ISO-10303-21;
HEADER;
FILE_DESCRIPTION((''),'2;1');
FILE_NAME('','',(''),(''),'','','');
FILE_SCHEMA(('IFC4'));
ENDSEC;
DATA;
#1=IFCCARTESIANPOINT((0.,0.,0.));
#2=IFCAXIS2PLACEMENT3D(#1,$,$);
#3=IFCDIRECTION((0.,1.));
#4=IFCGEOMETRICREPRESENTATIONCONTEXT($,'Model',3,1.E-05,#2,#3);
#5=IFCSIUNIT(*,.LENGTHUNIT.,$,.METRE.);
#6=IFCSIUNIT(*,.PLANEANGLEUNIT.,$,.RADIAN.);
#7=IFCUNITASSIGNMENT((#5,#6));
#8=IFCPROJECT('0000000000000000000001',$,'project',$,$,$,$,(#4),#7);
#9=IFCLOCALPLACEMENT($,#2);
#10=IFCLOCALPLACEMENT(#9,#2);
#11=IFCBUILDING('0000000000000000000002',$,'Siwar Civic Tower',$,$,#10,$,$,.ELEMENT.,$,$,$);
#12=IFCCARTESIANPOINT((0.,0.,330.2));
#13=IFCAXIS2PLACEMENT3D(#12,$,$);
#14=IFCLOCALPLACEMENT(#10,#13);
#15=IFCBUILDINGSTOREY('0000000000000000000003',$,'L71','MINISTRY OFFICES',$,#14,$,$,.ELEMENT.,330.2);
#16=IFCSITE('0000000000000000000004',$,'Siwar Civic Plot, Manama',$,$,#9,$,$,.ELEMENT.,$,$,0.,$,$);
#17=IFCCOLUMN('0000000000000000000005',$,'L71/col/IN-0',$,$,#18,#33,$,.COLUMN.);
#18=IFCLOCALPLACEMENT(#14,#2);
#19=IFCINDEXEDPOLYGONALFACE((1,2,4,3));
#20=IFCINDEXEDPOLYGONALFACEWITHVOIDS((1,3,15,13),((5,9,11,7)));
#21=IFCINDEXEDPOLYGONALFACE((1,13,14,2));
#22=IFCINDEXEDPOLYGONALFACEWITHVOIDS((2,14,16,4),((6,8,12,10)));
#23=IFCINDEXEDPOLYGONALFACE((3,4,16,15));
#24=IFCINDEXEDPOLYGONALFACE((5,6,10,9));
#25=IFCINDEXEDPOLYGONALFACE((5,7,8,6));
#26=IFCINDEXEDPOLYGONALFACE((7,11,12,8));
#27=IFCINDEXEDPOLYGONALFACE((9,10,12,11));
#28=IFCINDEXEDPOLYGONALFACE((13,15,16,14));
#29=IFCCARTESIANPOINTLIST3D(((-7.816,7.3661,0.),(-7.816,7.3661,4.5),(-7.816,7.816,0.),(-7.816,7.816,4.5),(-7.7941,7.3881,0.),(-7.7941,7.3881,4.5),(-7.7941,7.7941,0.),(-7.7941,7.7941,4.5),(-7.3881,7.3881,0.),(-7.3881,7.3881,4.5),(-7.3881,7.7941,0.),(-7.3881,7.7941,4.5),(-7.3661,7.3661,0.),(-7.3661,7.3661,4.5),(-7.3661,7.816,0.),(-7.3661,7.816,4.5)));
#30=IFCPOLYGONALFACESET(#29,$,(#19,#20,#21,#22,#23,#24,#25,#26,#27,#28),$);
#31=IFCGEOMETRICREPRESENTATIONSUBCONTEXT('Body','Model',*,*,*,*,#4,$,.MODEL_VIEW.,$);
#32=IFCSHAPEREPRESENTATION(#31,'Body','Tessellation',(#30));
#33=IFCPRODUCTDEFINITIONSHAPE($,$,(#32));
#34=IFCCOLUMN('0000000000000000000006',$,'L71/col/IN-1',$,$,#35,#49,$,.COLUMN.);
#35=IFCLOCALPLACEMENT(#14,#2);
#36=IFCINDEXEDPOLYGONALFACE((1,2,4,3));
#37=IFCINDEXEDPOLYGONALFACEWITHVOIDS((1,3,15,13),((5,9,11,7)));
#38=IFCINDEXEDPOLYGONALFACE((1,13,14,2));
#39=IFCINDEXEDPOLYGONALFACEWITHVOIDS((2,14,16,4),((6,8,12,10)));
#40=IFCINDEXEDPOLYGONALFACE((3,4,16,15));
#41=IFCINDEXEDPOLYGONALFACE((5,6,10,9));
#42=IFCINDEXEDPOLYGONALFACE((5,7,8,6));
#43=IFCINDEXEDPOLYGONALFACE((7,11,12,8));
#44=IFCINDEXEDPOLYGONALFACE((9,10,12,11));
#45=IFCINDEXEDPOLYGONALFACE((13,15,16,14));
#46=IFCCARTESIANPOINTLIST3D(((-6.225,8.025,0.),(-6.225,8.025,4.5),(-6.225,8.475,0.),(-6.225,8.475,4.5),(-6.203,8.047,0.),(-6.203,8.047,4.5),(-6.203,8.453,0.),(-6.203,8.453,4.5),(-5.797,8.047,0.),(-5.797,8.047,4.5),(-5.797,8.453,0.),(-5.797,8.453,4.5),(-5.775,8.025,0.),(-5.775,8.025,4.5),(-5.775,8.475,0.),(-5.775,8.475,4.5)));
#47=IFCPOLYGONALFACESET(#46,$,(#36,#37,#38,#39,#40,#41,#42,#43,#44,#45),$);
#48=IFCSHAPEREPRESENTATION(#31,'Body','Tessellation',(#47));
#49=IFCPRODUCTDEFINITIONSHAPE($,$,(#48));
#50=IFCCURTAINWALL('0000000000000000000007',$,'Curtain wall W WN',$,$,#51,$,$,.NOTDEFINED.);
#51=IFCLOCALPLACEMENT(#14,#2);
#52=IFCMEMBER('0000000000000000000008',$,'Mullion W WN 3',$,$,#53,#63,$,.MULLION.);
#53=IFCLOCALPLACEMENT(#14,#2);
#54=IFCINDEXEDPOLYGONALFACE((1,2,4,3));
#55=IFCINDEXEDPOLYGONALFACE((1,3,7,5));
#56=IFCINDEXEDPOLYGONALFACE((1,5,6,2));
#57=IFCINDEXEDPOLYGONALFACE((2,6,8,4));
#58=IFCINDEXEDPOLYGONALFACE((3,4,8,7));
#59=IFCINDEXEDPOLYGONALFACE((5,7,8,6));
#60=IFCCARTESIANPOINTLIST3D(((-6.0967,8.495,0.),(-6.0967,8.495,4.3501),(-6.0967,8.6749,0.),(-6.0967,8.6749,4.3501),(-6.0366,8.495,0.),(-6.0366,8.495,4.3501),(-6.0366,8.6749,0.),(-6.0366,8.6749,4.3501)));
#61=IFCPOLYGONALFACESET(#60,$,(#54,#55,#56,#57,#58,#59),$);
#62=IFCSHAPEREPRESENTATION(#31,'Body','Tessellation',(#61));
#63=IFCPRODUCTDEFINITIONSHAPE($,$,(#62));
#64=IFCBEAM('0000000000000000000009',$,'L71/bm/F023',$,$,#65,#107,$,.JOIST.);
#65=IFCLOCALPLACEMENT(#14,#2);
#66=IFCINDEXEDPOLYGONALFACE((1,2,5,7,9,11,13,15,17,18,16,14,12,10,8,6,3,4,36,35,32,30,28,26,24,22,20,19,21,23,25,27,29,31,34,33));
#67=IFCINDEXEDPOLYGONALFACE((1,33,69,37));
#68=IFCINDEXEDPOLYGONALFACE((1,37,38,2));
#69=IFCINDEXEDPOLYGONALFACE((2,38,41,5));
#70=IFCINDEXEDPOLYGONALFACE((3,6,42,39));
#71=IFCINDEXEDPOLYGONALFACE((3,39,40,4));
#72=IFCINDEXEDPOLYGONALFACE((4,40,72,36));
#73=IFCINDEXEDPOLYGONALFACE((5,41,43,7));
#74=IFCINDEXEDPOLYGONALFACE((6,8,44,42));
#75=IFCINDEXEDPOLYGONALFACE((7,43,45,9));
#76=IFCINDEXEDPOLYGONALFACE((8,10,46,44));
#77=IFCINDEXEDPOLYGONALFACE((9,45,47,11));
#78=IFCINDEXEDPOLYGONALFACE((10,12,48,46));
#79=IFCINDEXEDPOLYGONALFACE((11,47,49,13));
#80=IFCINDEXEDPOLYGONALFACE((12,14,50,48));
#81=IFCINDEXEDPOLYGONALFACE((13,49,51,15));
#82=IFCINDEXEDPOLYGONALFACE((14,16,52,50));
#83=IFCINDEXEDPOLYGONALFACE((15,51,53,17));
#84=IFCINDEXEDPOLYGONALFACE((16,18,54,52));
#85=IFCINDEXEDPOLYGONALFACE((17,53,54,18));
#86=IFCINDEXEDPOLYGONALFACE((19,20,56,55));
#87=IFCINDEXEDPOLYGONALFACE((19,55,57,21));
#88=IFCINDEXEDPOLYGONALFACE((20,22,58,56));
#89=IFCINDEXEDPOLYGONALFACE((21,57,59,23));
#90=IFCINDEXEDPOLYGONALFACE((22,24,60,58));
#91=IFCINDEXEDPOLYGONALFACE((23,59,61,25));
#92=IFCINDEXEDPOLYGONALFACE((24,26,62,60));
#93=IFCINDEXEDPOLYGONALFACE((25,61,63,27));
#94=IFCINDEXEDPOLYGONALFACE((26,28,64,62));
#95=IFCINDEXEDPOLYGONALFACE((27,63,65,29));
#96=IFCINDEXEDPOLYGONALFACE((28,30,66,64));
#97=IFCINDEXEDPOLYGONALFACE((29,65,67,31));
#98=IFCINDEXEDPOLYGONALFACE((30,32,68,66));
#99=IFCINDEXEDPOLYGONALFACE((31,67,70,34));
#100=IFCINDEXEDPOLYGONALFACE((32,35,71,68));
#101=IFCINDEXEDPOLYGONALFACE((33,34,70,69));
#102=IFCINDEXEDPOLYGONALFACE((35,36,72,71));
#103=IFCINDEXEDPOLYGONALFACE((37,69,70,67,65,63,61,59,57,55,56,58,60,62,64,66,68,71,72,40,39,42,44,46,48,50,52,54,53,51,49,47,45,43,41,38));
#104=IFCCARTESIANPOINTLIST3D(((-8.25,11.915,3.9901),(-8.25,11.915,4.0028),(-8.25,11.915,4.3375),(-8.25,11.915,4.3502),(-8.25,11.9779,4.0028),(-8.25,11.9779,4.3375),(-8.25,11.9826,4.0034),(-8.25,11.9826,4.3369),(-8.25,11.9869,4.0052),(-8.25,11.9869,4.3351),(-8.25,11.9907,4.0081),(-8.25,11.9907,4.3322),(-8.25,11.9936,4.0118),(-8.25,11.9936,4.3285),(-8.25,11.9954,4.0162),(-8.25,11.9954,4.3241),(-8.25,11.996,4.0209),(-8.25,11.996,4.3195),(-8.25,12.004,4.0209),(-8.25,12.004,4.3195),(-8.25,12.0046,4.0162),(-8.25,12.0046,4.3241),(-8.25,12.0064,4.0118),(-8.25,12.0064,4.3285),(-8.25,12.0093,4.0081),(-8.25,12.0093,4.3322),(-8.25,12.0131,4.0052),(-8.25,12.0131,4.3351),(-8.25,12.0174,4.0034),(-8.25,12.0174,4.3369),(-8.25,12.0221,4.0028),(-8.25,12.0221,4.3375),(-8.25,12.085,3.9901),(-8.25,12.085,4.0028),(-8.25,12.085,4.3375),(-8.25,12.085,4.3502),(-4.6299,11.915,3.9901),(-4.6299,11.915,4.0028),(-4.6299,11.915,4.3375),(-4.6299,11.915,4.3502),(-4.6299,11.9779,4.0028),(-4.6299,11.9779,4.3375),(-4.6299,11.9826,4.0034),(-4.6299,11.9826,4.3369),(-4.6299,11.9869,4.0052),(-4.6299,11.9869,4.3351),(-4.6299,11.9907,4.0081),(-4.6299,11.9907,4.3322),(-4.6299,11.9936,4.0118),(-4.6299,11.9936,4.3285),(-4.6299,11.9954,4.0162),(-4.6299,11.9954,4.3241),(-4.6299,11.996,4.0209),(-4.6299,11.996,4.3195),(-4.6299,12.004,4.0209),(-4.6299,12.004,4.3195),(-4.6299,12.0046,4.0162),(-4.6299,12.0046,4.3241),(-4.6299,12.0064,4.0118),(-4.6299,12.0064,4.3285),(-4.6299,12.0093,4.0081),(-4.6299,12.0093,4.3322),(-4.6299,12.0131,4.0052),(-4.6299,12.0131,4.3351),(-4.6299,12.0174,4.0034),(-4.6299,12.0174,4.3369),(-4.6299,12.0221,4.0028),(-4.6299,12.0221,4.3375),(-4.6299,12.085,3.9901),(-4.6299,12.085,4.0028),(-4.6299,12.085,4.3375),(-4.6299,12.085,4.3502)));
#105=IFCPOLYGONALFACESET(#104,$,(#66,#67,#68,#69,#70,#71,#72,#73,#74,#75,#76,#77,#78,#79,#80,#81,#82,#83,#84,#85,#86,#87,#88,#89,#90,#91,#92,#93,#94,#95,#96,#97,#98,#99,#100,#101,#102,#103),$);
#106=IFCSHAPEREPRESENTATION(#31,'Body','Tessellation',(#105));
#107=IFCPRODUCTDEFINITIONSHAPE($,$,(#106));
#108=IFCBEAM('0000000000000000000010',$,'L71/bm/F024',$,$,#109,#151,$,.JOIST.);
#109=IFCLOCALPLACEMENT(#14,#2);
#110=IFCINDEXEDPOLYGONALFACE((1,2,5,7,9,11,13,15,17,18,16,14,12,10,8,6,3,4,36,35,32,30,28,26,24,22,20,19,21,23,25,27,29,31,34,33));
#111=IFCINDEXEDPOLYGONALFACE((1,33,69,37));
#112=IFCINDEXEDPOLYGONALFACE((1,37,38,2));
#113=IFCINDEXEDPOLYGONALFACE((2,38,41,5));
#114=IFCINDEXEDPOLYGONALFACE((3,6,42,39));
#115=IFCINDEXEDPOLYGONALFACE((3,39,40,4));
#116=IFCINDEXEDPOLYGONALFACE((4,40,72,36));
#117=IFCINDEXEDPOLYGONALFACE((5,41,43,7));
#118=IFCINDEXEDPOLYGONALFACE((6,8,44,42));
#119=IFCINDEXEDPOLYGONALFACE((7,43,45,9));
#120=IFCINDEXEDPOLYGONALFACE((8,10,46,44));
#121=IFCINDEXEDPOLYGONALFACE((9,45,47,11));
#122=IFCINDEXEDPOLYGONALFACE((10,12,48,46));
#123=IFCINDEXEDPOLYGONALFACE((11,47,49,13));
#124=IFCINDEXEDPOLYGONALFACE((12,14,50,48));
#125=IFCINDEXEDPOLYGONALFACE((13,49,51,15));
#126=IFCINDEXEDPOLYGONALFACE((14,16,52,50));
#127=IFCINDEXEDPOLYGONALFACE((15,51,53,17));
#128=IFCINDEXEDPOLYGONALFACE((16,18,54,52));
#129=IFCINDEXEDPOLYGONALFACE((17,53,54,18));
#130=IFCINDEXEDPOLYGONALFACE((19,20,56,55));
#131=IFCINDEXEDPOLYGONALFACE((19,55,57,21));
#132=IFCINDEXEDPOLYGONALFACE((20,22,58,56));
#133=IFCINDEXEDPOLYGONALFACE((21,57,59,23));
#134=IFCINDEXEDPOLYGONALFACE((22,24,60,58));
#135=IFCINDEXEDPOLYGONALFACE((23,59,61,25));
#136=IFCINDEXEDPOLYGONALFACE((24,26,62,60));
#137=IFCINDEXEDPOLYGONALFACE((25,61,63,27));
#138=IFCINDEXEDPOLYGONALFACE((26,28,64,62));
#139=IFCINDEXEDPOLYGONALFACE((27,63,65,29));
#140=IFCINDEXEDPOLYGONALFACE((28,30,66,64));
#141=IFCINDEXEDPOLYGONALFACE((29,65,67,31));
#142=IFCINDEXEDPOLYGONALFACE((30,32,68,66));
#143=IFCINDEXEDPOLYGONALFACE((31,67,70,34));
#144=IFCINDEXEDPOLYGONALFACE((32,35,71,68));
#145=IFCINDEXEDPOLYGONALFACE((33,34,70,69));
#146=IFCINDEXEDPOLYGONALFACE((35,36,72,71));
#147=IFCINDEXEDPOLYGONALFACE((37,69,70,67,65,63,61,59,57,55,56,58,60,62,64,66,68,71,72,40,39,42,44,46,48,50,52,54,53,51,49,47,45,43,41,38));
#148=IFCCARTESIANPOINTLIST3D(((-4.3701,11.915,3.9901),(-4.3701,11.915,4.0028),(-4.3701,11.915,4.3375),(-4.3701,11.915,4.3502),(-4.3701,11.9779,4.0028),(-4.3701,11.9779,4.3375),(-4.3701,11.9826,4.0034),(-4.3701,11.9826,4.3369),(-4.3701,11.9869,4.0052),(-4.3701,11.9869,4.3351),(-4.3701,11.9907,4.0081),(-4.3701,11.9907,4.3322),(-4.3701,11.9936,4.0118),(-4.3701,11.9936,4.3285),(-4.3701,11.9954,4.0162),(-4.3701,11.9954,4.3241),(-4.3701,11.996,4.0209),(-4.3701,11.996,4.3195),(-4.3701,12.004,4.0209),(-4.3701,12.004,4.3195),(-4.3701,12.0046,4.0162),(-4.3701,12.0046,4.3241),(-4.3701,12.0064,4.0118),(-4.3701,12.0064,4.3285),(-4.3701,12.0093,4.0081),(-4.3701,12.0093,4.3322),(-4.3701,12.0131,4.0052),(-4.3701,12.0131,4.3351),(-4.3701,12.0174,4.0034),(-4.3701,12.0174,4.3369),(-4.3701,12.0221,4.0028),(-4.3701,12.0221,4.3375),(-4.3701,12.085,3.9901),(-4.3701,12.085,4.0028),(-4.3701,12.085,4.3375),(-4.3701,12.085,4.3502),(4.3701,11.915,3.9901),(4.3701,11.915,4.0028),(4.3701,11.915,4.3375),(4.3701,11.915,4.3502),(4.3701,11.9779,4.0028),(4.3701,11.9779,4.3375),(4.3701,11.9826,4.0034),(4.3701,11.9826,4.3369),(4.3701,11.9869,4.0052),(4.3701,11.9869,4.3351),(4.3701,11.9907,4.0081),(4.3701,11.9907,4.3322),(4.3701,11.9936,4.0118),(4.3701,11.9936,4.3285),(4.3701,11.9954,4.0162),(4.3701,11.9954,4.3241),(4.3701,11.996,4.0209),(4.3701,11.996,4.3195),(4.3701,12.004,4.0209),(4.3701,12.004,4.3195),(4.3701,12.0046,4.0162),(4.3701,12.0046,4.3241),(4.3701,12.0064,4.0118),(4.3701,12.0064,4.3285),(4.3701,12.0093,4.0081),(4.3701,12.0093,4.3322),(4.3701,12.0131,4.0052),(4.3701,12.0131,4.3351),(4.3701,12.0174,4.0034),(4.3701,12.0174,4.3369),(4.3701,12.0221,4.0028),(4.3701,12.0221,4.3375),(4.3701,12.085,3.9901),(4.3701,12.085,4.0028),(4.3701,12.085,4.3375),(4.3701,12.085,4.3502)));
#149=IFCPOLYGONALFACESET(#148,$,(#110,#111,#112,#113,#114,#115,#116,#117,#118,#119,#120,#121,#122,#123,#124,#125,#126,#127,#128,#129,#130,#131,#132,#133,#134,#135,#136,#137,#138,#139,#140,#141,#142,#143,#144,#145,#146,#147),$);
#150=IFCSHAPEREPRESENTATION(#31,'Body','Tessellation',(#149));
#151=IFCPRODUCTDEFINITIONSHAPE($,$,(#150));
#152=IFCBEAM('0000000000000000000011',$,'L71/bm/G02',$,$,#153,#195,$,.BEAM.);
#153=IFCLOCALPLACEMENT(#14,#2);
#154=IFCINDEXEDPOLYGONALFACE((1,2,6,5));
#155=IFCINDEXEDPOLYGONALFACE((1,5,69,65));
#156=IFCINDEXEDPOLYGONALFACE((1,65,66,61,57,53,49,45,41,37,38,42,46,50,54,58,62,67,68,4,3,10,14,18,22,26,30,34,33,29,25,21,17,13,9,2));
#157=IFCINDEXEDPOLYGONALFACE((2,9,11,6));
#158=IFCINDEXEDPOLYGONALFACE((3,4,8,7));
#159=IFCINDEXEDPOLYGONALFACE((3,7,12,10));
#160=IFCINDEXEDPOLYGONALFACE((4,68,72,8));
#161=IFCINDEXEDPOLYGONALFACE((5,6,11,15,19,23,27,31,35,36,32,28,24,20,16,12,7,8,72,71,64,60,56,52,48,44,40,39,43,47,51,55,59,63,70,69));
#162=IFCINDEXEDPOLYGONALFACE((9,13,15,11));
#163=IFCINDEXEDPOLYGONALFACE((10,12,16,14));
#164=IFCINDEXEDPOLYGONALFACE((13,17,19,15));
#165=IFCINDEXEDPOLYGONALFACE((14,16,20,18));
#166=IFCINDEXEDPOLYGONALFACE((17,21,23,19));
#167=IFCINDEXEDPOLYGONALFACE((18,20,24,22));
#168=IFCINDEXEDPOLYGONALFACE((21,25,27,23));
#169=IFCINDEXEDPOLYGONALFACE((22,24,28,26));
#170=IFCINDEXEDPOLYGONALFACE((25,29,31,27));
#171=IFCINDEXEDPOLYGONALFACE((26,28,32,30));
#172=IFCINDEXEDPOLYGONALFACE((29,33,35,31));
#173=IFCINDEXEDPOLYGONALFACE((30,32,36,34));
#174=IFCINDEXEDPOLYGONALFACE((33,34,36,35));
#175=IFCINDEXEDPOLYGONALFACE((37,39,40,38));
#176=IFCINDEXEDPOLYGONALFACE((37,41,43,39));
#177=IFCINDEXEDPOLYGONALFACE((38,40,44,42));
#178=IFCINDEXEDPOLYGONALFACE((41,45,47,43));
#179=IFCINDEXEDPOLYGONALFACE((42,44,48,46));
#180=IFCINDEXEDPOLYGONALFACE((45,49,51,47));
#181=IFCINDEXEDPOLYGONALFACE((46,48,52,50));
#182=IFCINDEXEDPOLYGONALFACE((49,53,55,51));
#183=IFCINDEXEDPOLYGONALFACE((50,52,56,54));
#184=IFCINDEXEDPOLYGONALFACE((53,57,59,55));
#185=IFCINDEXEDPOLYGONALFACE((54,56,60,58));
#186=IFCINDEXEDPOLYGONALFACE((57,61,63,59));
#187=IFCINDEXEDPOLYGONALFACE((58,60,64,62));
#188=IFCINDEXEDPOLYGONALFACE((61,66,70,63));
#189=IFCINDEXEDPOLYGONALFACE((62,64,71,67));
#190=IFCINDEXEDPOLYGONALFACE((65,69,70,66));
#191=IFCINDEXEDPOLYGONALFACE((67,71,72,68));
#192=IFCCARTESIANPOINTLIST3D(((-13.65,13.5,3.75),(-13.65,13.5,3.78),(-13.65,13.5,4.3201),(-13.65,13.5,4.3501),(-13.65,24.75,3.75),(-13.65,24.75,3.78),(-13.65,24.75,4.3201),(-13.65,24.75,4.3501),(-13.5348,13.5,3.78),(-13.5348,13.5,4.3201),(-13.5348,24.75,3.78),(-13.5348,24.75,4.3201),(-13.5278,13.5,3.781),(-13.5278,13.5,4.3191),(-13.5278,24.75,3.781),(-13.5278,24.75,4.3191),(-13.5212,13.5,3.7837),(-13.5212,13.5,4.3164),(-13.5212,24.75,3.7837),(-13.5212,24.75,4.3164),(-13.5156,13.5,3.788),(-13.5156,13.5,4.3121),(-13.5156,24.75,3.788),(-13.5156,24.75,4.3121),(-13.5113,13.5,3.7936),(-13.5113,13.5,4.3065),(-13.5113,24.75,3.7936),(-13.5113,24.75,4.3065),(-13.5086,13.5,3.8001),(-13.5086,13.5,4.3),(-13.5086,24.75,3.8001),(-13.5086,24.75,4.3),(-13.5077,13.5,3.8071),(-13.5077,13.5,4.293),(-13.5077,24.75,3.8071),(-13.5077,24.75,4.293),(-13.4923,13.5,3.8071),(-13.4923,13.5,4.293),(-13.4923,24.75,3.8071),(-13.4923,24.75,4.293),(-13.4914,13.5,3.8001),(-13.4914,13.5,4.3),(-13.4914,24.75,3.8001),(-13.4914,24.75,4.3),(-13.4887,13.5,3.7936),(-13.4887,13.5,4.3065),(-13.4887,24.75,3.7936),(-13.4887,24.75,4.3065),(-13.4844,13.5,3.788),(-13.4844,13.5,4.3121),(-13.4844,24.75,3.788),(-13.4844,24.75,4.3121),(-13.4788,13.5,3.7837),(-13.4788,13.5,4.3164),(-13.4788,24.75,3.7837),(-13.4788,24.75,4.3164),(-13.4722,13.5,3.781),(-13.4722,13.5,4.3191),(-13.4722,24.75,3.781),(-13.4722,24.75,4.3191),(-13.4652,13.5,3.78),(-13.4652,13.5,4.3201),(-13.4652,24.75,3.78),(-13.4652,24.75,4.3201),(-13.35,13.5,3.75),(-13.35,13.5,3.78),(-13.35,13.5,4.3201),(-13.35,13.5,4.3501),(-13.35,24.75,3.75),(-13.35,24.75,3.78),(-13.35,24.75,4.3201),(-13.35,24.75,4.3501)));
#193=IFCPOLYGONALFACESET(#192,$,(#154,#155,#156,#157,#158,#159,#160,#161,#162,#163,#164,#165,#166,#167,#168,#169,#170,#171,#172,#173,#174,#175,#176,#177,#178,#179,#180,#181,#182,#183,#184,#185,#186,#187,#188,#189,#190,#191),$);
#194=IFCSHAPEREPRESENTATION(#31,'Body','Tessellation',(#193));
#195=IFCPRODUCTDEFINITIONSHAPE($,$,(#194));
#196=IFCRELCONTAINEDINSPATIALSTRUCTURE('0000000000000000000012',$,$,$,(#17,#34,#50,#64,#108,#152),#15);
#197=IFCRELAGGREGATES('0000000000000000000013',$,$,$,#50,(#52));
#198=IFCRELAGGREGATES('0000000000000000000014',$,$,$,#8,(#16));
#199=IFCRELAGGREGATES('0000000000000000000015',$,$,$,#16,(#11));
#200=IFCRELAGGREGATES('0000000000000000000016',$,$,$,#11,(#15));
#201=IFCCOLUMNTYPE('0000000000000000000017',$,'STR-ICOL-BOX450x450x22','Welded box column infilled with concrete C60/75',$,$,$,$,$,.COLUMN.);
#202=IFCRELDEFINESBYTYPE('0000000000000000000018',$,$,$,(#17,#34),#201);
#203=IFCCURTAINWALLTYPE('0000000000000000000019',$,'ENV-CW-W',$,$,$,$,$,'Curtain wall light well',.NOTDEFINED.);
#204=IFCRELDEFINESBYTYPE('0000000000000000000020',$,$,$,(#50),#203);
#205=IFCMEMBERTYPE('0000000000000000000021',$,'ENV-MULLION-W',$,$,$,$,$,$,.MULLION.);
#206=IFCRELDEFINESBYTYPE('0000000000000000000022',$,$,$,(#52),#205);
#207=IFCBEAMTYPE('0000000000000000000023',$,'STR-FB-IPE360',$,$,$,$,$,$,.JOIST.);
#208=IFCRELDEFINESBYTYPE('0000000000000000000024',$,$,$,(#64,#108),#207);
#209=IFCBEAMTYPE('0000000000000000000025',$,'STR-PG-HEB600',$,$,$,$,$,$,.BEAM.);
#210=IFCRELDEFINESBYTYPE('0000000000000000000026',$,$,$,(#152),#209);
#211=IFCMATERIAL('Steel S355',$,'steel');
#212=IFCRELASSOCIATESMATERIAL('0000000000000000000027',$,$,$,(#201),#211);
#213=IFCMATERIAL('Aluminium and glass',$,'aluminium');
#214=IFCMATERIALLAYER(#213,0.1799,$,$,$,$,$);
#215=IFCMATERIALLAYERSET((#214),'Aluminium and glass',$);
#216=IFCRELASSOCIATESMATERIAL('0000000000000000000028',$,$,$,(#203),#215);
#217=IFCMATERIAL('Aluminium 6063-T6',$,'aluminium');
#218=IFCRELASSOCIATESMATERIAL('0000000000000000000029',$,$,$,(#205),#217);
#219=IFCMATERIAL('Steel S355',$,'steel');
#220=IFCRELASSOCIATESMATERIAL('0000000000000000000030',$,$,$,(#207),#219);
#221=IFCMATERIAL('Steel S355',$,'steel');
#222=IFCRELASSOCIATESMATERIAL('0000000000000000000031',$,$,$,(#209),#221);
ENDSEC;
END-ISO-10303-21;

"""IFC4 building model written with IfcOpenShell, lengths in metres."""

from ifc_helpers import new_model, si_unit, direction, frame, origin, origin_2d, place, context, subcontext, project, spatial, rectangle, hollow_rectangle, i_section, extrude, material, layer, layer_set, material_profile, profile_set, type_object, element, aggregate, save


model = new_model("IFC4")

# Units and contexts
model_context = context("Model", 3, precision=1e-05, world=origin(), true_north=direction((0.0, 1.0)))
body_context = subcontext(model_context, "Body", "Model", "MODEL_VIEW")
ifc_project = project(units=[si_unit("LENGTHUNIT", "METRE"), si_unit("PLANEANGLEUNIT", "RADIAN")], contexts=[model_context])

# Site, building, storey
site_placement = place(None, origin())
site = spatial("IfcSite", under=ifc_project, at=site_placement, Name="Siwar Civic Plot, Manama", CompositionType="ELEMENT", RefElevation=0.0)
building_placement = place(site_placement, origin())
building = spatial("IfcBuilding", under=site, at=building_placement, Name="Siwar Civic Tower", CompositionType="ELEMENT")
storey_placement = place(building_placement, frame((0.0, 0.0, 330.2)))
storey = spatial("IfcBuildingStorey", under=building, at=storey_placement, Name="L71", Description="MINISTRY OFFICES", CompositionType="ELEMENT", Elevation=330.2)

# Columns
ifc_material_1 = material(Name="Steel S355", Category="steel")
ifc_material_profile_1 = material_profile(ifc_material_1, hollow_rectangle(XDim=0.45, YDim=0.45, WallThickness=0.022, at=origin_2d()), Name="BOX450x450x22")
ifc_profile_set_1 = profile_set([ifc_material_profile_1], Name="Steel S355")
column_type = type_object("IfcColumnType", Name="STR-ICOL-BOX450x450x22", Description="Welded box column infilled with concrete C60/75", PredefinedType="COLUMN", material=ifc_profile_set_1)
for number, where, z_axis, x_axis, name in (
    (1, (-7.5911, 7.5911, 0.0), (0.0, 0.0, 1.0), (1.0, 0.0, 0.0), "L71/col/IN-0"),
    (2, (-6.0, 8.25, 0.0), (0.0, 0.0, 1.0), (1.0, 0.0, 0.0), "L71/col/IN-1"),
):
    element("IfcColumn", number, at=place(storey_placement, frame(where, z_axis=z_axis, x_axis=x_axis)), inside=storey, type_object=column_type, Name=name, PredefinedType="COLUMN", context=body_context, shape_type="SweptSolid", body=[
        extrude(hollow_rectangle(XDim=0.45, YDim=0.45, WallThickness=0.022, at=origin_2d()), origin(), (0.0, 0.0, 1.0), 4.5),
    ])

# Curtain wall, member
ifc_material_2 = material(Name="Aluminium and glass", Category="aluminium")
ifc_layer_1 = layer(ifc_material_2, 0.1799)
ifc_layer_set_1 = layer_set([ifc_layer_1], Name="Aluminium and glass")
curtain_wall_type = type_object("IfcCurtainWallType", Name="ENV-CW-W", ElementType="Curtain wall light well", PredefinedType="NOTDEFINED", material=ifc_layer_set_1)
curtain_wall_placement = place(storey_placement, origin())
curtain_wall = element("IfcCurtainWall", 3, at=curtain_wall_placement, inside=storey, type_object=curtain_wall_type, Name="Curtain wall W WN", PredefinedType="NOTDEFINED")
ifc_material_3 = material(Name="Aluminium 6063-T6", Category="aluminium")
ifc_material_profile_2 = material_profile(ifc_material_3, rectangle(XDim=0.1799, YDim=0.0601, at=origin_2d()), Name="AL 180x60")
ifc_profile_set_2 = profile_set([ifc_material_profile_2], Name="Aluminium 6063-T6")
member_type = type_object("IfcMemberType", Name="ENV-MULLION-W", PredefinedType="MULLION", material=ifc_profile_set_2)
member_placement = place(storey_placement, frame((-6.0667, 8.585, 0.0), z_axis=(0.0, 0.0, 1.0), x_axis=(0.0, -1.0, 0.0)))
member = element("IfcMember", 4, at=member_placement, type_object=member_type, Name="Mullion W WN 3", PredefinedType="MULLION", context=body_context, shape_type="SweptSolid", body=[
    extrude(rectangle(XDim=0.1799, YDim=0.0601, at=origin_2d()), origin(), (0.0, 0.0, 1.0), 4.3501),
])

# Beams
ifc_material_4 = material(Name="Steel S355", Category="steel")
ifc_material_profile_3 = material_profile(ifc_material_4, i_section(OverallWidth=0.1699, OverallDepth=0.3601, WebThickness=0.0081, FlangeThickness=0.0127, FilletRadius=0.0181, at=origin_2d()), Name="IPE360")
ifc_profile_set_3 = profile_set([ifc_material_profile_3], Name="Steel S355")
beam_type_1 = type_object("IfcBeamType", Name="STR-FB-IPE360", PredefinedType="JOIST", material=ifc_profile_set_3)
beam_1_placement = place(storey_placement, frame((-8.25, 12.0, 4.1702), z_axis=(1.0, 0.0, 0.0), x_axis=(0.0, 1.0, 0.0)))
element("IfcBeam", 5, at=beam_1_placement, inside=storey, type_object=beam_type_1, Name="L71/bm/F023", PredefinedType="JOIST", context=body_context, shape_type="SweptSolid", body=[
    extrude(i_section(OverallWidth=0.1699, OverallDepth=0.3601, WebThickness=0.0081, FlangeThickness=0.0127, FilletRadius=0.0181, at=origin_2d()), origin(), (0.0, 0.0, 1.0), 3.6201),
])
beam_2_placement = place(storey_placement, frame((-4.3701, 12.0, 4.1702), z_axis=(1.0, 0.0, 0.0), x_axis=(0.0, 1.0, 0.0)))
element("IfcBeam", 6, at=beam_2_placement, inside=storey, type_object=beam_type_1, Name="L71/bm/F024", PredefinedType="JOIST", context=body_context, shape_type="SweptSolid", body=[
    extrude(i_section(OverallWidth=0.1699, OverallDepth=0.3601, WebThickness=0.0081, FlangeThickness=0.0127, FilletRadius=0.0181, at=origin_2d()), origin(), (0.0, 0.0, 1.0), 8.7402),
])
ifc_material_5 = material(Name="Steel S355", Category="steel")
ifc_material_profile_4 = material_profile(ifc_material_5, i_section(OverallWidth=0.3, OverallDepth=0.6001, WebThickness=0.0154, FlangeThickness=0.03, FilletRadius=0.0271, at=origin_2d()), Name="HEB600")
ifc_profile_set_4 = profile_set([ifc_material_profile_4], Name="Steel S355")
beam_type_2 = type_object("IfcBeamType", Name="STR-PG-HEB600", PredefinedType="BEAM", material=ifc_profile_set_4)
beam_3_placement = place(storey_placement, frame((-13.5, 13.5, 4.05), z_axis=(0.0, 1.0, 0.0), x_axis=(-1.0, 0.0, 0.0)))
element("IfcBeam", 7, at=beam_3_placement, inside=storey, type_object=beam_type_2, Name="L71/bm/G02", PredefinedType="BEAM", context=body_context, shape_type="SweptSolid", body=[
    extrude(i_section(OverallWidth=0.3, OverallDepth=0.6001, WebThickness=0.0154, FlangeThickness=0.03, FilletRadius=0.0271, at=origin_2d()), origin(), (0.0, 0.0, 1.0), 11.25),
])

aggregate(curtain_wall, [member])

save(model, "model.ifc")
